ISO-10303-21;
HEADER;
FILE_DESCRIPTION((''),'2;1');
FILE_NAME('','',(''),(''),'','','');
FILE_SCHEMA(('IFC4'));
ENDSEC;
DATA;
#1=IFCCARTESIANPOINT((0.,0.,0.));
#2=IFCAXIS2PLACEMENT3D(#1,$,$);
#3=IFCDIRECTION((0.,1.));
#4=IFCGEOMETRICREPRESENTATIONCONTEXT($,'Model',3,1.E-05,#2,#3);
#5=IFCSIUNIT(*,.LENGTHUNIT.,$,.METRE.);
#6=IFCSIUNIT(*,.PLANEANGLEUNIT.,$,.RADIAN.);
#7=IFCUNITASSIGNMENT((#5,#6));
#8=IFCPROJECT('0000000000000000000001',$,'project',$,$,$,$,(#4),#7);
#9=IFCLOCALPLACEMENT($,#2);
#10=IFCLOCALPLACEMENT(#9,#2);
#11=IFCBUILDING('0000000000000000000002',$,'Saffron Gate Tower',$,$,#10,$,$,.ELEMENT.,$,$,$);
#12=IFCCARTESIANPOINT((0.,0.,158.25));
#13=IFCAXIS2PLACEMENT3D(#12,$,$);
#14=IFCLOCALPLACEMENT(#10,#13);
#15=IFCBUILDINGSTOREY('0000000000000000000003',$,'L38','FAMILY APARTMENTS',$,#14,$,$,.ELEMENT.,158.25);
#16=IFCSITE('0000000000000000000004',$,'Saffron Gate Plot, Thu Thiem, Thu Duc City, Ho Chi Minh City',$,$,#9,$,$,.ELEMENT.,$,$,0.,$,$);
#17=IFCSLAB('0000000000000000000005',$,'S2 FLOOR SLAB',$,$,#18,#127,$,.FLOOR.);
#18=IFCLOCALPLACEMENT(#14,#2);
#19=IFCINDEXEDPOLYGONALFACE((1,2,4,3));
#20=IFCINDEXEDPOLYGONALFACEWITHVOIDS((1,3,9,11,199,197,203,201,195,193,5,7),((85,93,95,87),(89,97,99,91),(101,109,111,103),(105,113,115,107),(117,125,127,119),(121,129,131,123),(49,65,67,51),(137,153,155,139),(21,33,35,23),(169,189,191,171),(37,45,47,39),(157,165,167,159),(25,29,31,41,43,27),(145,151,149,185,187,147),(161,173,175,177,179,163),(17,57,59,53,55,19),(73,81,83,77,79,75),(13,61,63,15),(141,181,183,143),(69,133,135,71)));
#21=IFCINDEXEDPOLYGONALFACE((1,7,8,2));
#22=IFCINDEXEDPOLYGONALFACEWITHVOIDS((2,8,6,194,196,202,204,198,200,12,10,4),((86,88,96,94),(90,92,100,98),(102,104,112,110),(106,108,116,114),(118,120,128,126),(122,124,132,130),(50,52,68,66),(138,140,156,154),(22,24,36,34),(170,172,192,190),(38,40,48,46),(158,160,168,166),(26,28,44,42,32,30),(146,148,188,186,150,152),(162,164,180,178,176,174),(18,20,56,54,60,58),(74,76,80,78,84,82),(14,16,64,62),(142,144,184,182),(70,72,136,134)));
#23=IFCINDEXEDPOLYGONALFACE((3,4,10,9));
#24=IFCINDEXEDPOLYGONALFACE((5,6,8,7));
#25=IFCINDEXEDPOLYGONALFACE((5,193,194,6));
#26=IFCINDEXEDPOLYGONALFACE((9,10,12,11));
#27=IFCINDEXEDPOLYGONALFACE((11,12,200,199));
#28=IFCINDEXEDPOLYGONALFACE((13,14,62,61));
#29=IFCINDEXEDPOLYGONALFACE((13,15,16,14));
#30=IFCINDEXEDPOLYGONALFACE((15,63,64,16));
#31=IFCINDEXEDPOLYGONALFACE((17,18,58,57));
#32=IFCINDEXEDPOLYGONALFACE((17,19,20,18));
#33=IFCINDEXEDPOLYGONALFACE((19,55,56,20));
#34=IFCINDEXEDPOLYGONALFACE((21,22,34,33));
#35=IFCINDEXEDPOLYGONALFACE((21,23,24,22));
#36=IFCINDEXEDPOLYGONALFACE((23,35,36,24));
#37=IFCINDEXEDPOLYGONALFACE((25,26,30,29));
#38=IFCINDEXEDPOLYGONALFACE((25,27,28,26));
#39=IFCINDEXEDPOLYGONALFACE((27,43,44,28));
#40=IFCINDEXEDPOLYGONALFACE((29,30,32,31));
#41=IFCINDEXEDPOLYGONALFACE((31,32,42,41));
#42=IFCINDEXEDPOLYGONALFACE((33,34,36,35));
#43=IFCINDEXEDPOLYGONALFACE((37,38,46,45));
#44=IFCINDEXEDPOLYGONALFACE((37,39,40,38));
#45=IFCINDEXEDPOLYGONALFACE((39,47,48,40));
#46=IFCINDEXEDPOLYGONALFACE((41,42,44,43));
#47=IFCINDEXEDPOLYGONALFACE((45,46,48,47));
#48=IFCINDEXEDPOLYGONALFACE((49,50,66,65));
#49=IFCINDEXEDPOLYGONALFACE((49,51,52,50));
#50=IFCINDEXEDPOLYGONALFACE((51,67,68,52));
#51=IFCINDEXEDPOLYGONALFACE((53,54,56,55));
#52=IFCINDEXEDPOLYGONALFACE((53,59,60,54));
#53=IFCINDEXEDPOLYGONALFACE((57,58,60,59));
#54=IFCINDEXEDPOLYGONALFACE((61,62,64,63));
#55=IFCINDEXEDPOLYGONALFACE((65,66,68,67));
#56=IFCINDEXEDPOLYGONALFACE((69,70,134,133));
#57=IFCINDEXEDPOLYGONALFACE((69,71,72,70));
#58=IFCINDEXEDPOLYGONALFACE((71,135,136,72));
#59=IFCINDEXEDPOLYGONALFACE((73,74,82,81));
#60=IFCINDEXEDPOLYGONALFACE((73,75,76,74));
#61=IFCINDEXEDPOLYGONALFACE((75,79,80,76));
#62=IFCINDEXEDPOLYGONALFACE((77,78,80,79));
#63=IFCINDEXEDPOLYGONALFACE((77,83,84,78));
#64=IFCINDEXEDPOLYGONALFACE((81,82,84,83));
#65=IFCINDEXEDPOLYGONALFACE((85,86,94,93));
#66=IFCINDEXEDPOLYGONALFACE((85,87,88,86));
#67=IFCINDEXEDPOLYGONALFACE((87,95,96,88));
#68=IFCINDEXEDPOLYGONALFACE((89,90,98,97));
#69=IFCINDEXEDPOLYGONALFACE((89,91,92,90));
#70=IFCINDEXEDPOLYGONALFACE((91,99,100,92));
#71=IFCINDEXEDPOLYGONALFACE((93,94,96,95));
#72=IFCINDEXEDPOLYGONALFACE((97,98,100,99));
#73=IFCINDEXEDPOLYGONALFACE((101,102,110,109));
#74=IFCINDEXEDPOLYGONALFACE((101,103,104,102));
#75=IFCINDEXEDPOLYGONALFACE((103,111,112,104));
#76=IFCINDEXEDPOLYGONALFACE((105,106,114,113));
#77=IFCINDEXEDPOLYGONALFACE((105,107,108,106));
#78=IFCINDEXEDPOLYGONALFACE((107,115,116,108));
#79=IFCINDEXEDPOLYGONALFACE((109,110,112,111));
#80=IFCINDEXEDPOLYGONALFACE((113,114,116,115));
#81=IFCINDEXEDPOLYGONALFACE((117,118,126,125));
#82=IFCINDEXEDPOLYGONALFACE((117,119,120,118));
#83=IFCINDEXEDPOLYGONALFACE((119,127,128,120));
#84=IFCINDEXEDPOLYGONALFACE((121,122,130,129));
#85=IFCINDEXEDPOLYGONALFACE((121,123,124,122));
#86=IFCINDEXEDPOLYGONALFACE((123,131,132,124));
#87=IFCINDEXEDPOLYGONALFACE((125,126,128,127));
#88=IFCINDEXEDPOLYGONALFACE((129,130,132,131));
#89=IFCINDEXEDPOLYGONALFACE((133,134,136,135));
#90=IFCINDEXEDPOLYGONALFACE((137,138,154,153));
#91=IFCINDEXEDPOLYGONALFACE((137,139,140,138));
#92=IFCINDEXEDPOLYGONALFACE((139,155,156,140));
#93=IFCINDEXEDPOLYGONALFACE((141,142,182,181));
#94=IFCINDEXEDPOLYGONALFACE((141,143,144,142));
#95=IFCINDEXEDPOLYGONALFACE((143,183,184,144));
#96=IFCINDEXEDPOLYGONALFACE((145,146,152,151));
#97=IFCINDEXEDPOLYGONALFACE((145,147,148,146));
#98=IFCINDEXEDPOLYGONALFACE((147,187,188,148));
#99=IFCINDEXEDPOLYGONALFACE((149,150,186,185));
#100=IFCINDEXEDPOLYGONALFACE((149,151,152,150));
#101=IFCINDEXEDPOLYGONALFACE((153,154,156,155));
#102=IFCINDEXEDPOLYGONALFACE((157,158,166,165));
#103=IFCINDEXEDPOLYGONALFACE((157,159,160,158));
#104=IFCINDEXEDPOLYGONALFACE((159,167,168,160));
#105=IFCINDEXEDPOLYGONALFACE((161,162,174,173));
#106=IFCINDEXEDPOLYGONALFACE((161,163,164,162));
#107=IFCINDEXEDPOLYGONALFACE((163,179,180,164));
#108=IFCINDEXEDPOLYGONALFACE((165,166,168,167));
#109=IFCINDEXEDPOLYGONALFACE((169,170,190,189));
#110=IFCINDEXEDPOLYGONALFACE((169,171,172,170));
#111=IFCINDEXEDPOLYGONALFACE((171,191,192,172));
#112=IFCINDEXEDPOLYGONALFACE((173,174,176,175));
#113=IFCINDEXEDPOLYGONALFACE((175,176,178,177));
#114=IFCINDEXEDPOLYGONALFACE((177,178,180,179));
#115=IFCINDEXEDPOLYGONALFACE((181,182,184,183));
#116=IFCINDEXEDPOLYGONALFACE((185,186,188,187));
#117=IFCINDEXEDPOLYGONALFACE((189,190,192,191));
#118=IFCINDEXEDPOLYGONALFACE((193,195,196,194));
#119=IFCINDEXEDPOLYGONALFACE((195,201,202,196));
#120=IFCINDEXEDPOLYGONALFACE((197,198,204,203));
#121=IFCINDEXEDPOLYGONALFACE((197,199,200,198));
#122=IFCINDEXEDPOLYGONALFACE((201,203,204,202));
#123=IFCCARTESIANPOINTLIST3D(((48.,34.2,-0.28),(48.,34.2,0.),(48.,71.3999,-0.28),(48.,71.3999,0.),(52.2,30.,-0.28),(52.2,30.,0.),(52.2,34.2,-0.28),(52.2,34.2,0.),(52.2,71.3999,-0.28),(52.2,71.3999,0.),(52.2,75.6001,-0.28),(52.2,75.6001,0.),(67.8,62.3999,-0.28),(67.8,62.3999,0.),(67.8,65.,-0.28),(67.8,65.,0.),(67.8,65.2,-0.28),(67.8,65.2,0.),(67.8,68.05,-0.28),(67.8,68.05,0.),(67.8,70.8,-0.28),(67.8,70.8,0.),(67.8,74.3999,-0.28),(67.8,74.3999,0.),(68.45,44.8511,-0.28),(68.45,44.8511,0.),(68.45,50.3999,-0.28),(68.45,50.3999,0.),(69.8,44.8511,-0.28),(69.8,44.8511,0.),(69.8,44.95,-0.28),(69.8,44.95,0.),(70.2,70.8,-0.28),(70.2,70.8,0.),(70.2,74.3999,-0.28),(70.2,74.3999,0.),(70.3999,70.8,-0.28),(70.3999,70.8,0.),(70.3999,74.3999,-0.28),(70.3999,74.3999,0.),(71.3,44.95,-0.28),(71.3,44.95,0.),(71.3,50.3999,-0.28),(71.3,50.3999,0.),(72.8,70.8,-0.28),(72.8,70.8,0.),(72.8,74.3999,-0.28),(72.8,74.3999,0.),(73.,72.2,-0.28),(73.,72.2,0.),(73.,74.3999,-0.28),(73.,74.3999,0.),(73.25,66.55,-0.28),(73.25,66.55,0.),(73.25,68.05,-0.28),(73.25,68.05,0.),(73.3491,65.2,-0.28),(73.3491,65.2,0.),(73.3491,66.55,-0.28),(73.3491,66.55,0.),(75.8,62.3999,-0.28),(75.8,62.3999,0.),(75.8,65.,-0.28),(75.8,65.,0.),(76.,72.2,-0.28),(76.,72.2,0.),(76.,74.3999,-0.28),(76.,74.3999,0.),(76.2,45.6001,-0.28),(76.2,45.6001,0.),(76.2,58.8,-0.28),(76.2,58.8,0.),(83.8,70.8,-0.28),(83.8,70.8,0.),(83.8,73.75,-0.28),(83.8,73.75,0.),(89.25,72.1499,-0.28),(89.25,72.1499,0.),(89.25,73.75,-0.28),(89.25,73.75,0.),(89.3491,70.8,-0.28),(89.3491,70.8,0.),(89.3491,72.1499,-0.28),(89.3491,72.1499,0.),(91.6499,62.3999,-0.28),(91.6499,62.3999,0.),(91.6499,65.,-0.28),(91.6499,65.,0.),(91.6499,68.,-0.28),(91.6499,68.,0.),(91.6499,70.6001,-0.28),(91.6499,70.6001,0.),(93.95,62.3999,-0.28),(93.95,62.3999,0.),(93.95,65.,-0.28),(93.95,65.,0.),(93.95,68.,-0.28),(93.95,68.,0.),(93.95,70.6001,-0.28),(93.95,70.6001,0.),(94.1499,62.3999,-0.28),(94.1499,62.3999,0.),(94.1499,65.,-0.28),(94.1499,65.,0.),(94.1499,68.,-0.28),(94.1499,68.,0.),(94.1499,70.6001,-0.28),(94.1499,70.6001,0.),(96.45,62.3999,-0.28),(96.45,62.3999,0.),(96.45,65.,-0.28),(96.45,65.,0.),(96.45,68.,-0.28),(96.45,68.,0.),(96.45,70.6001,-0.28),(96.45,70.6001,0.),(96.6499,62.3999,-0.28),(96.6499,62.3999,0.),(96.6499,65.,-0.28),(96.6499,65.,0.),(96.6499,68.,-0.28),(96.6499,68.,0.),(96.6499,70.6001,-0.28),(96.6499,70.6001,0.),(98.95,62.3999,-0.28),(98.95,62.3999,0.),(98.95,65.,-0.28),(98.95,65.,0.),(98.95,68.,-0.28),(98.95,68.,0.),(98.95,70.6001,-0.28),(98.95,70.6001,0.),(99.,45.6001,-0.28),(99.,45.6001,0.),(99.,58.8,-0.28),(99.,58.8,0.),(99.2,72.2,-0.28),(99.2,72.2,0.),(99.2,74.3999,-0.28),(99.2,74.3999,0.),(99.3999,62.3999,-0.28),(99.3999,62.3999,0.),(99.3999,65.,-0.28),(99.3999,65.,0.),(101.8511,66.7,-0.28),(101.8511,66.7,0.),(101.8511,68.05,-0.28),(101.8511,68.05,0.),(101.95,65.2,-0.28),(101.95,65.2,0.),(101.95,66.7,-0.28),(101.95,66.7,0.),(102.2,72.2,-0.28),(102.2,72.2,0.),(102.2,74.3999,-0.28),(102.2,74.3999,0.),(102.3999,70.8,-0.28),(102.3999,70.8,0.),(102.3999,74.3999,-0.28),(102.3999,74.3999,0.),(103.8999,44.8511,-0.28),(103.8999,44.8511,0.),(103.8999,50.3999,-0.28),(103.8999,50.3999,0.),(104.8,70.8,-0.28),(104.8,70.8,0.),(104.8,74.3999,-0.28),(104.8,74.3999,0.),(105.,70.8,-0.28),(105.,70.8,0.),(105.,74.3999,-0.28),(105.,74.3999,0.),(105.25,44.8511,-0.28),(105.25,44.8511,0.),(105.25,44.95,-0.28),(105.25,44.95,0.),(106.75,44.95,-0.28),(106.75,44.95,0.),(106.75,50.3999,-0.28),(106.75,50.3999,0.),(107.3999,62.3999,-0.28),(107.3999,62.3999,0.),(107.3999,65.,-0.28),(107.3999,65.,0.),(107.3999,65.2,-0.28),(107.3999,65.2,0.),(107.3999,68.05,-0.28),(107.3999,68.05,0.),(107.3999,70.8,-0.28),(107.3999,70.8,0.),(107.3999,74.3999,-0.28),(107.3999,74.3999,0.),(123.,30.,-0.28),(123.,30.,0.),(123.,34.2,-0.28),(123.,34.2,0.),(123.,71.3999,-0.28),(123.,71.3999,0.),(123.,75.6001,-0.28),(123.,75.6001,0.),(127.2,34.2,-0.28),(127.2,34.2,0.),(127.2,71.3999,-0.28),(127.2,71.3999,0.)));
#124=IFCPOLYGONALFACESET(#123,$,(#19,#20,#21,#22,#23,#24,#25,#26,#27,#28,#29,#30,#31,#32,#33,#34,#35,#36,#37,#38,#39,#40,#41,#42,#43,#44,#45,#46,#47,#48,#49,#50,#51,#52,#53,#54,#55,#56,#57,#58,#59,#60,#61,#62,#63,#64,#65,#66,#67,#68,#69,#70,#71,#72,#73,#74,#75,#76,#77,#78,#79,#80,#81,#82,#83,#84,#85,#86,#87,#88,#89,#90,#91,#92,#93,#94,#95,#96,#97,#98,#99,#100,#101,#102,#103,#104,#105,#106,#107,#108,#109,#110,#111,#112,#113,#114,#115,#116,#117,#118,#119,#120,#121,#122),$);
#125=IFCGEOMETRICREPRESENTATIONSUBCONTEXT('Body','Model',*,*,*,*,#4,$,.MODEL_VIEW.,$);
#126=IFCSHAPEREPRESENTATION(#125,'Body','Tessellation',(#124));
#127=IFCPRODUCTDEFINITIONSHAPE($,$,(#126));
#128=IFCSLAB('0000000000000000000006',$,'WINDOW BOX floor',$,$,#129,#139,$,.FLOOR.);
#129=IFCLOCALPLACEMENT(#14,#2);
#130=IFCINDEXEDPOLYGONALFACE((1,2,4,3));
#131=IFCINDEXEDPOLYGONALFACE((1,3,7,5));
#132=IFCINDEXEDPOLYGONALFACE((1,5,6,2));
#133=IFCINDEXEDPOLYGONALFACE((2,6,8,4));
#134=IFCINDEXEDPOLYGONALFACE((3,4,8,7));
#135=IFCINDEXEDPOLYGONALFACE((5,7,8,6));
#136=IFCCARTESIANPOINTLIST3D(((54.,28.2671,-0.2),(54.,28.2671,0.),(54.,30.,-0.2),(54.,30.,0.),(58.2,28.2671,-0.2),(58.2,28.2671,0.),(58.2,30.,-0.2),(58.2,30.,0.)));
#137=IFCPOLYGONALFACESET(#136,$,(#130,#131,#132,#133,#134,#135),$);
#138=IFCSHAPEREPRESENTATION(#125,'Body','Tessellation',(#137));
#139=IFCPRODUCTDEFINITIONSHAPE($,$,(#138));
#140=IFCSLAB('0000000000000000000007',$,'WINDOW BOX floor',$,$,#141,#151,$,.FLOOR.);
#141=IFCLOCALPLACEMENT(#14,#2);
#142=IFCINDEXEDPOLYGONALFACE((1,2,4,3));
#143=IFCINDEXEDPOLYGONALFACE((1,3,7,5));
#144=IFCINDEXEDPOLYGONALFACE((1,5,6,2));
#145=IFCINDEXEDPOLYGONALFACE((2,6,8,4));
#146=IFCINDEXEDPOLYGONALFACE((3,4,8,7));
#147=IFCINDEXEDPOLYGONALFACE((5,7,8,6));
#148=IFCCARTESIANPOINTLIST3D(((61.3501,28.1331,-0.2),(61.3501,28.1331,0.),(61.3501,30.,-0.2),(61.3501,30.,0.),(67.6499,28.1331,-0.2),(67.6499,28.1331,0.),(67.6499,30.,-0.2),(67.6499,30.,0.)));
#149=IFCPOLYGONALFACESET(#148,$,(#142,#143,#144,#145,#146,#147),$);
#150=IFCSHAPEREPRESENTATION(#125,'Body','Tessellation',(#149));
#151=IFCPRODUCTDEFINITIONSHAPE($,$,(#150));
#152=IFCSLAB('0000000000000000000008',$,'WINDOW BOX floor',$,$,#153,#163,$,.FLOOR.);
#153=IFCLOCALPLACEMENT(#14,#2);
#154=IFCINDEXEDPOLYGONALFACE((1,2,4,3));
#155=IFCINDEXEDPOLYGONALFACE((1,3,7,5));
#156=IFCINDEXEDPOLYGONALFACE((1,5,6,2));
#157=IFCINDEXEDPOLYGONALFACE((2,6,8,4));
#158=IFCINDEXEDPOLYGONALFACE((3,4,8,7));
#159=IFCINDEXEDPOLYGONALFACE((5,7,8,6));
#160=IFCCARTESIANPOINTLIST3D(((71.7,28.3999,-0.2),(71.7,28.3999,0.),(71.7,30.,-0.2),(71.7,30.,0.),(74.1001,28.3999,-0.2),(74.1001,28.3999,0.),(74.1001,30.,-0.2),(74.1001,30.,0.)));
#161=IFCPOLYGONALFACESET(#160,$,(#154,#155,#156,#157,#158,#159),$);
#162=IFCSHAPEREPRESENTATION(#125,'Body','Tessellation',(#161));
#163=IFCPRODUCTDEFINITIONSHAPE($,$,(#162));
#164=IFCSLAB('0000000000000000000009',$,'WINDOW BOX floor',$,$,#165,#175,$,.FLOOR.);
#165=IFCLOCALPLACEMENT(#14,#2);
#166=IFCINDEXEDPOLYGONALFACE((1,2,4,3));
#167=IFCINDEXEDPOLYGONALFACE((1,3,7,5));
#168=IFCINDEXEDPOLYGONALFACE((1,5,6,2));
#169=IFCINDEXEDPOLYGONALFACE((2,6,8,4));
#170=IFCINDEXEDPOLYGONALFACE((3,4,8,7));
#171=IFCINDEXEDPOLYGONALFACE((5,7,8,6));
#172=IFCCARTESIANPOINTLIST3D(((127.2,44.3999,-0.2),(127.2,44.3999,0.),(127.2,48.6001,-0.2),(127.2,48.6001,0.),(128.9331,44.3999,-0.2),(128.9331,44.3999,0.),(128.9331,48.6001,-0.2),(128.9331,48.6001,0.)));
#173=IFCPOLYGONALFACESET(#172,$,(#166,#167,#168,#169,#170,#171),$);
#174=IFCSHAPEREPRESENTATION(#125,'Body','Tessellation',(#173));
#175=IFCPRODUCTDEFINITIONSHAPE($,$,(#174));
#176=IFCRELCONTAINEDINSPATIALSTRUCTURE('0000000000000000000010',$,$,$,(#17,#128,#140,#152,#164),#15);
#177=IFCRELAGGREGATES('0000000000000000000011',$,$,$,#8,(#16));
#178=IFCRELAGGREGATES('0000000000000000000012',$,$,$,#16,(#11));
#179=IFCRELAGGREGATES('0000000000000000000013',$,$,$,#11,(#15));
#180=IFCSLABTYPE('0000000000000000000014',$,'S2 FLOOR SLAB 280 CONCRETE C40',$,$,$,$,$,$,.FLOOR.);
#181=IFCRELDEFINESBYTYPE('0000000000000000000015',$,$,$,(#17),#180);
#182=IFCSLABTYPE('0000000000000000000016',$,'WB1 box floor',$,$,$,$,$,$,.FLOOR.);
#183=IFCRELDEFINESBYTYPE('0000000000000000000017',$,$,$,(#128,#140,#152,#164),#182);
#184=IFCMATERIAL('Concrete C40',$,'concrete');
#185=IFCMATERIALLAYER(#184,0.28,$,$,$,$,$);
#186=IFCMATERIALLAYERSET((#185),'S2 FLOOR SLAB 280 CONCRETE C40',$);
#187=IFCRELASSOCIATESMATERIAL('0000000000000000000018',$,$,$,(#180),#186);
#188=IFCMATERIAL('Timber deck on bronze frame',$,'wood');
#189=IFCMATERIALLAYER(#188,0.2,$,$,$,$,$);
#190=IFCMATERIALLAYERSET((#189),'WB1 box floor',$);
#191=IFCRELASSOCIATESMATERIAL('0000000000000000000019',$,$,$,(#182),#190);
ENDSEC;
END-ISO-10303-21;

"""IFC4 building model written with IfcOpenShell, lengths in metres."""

from ifc_helpers import new_model, si_unit, direction, frame, origin, place, context, subcontext, project, spatial, polyline, outline, extrude, material, layer, layer_set, type_object, element, save


model = new_model("IFC4")

# Units and contexts
model_context = context("Model", 3, precision=1e-05, world=origin(), true_north=direction((0.0, 1.0)))
body_context = subcontext(model_context, "Body", "Model", "MODEL_VIEW")
ifc_project = project(units=[si_unit("LENGTHUNIT", "METRE"), si_unit("PLANEANGLEUNIT", "RADIAN")], contexts=[model_context])

# Site, building, storey
site_placement = place(None, origin())
site = spatial("IfcSite", under=ifc_project, at=site_placement, Name="Saffron Gate Plot, Thu Thiem, Thu Duc City, Ho Chi Minh City", CompositionType="ELEMENT", RefElevation=0.0)
building_placement = place(site_placement, origin())
building = spatial("IfcBuilding", under=site, at=building_placement, Name="Saffron Gate Tower", CompositionType="ELEMENT")
storey_placement = place(building_placement, frame((0.0, 0.0, 158.25)))
storey = spatial("IfcBuildingStorey", under=building, at=storey_placement, Name="L38", Description="FAMILY APARTMENTS", CompositionType="ELEMENT", Elevation=158.25)

# Slabs
ifc_material_1 = material(Name="Concrete C40", Category="concrete")
ifc_layer_1 = layer(ifc_material_1, 0.28)
ifc_layer_set_1 = layer_set([ifc_layer_1], Name="S2 FLOOR SLAB 280 CONCRETE C40")
slab_type_1 = type_object("IfcSlabType", Name="S2 FLOOR SLAB 280 CONCRETE C40", PredefinedType="FLOOR", material=ifc_layer_set_1)
slab_1_placement = place(storey_placement, frame((0.0, 0.0, -0.28)))
element("IfcSlab", 1, at=slab_1_placement, inside=storey, type_object=slab_type_1, Name="S2 FLOOR SLAB", PredefinedType="FLOOR", context=body_context, shape_type="SweptSolid", body=[
    extrude(outline(polyline([(48.0, 34.2), (52.2, 34.2), (52.2, 30.0), (123.0, 30.0), (123.0, 34.2), (127.2, 34.2), (127.2, 71.3999), (123.0, 71.3999), (123.0, 75.6001), (52.2, 75.6001), (52.2, 71.3999), (48.0, 71.3999), (48.0, 34.2)]), holes=[polyline([(67.8, 62.3999), (67.8, 65.0), (75.8, 65.0), (75.8, 62.3999), (67.8, 62.3999)]), polyline([(67.8, 65.2), (67.8, 68.05), (73.25, 68.05), (73.25, 66.55), (73.3491, 66.55), (73.3491, 65.2), (67.8, 65.2)]), polyline([(67.8, 70.8), (67.8, 74.3999), (70.2, 74.3999), (70.2, 70.8), (67.8, 70.8)]), polyline([(68.45, 44.8511), (68.45, 50.3999), (71.3, 50.3999), (71.3, 44.95), (69.8, 44.95), (69.8, 44.8511), (68.45, 44.8511)]), polyline([(70.3999, 70.8), (70.3999, 74.3999), (72.8, 74.3999), (72.8, 70.8), (70.3999, 70.8)]), polyline([(73.0, 72.2), (73.0, 74.3999), (76.0, 74.3999), (76.0, 72.2), (73.0, 72.2)]), polyline([(76.2, 45.6001), (76.2, 58.8), (99.0, 58.8), (99.0, 45.6001), (76.2, 45.6001)]), polyline([(83.8, 70.8), (83.8, 73.75), (89.25, 73.75), (89.25, 72.1499), (89.3491, 72.1499), (89.3491, 70.8), (83.8, 70.8)]), polyline([(91.6499, 62.3999), (91.6499, 65.0), (93.95, 65.0), (93.95, 62.3999), (91.6499, 62.3999)]), polyline([(91.6499, 68.0), (91.6499, 70.6001), (93.95, 70.6001), (93.95, 68.0), (91.6499, 68.0)]), polyline([(94.1499, 62.3999), (94.1499, 65.0), (96.45, 65.0), (96.45, 62.3999), (94.1499, 62.3999)]), polyline([(94.1499, 68.0), (94.1499, 70.6001), (96.45, 70.6001), (96.45, 68.0), (94.1499, 68.0)]), polyline([(96.6499, 62.3999), (96.6499, 65.0), (98.95, 65.0), (98.95, 62.3999), (96.6499, 62.3999)]), polyline([(96.6499, 68.0), (96.6499, 70.6001), (98.95, 70.6001), (98.95, 68.0), (96.6499, 68.0)]), polyline([(99.2, 72.2), (99.2, 74.3999), (102.2, 74.3999), (102.2, 72.2), (99.2, 72.2)]), polyline([(99.3999, 62.3999), (99.3999, 65.0), (107.3999, 65.0), (107.3999, 62.3999), (99.3999, 62.3999)]), polyline([(101.8511, 66.7), (101.8511, 68.05), (107.3999, 68.05), (107.3999, 65.2), (101.95, 65.2), (101.95, 66.7), (101.8511, 66.7)]), polyline([(102.3999, 70.8), (102.3999, 74.3999), (104.8, 74.3999), (104.8, 70.8), (102.3999, 70.8)]), polyline([(103.8999, 44.8511), (103.8999, 50.3999), (106.75, 50.3999), (106.75, 44.95), (105.25, 44.95), (105.25, 44.8511), (103.8999, 44.8511)]), polyline([(105.0, 70.8), (105.0, 74.3999), (107.3999, 74.3999), (107.3999, 70.8), (105.0, 70.8)])]), origin(), (0.0, 0.0, 1.0), 0.28),
])
ifc_material_2 = material(Name="Timber deck on bronze frame", Category="wood")
ifc_layer_2 = layer(ifc_material_2, 0.2)
ifc_layer_set_2 = layer_set([ifc_layer_2], Name="WB1 box floor")
slab_type_2 = type_object("IfcSlabType", Name="WB1 box floor", PredefinedType="FLOOR", material=ifc_layer_set_2)
slab_2_placement = place(storey_placement, frame((0.0, 0.0, -0.2)))
element("IfcSlab", 2, at=slab_2_placement, inside=storey, type_object=slab_type_2, Name="WINDOW BOX floor", PredefinedType="FLOOR", context=body_context, shape_type="SweptSolid", body=[
    extrude(outline(polyline([(54.0, 30.0), (58.2, 30.0), (58.2, 28.2671), (54.0, 28.2671), (54.0, 30.0)])), origin(), (0.0, 0.0, 1.0), 0.2),
])
slab_3_placement = place(storey_placement, frame((0.0, 0.0, -0.2)))
element("IfcSlab", 3, at=slab_3_placement, inside=storey, type_object=slab_type_2, Name="WINDOW BOX floor", PredefinedType="FLOOR", context=body_context, shape_type="SweptSolid", body=[
    extrude(outline(polyline([(61.3501, 30.0), (67.6499, 30.0), (67.6499, 28.1331), (61.3501, 28.1331), (61.3501, 30.0)])), origin(), (0.0, 0.0, 1.0), 0.2),
])
slab_4_placement = place(storey_placement, frame((0.0, 0.0, -0.2)))
element("IfcSlab", 4, at=slab_4_placement, inside=storey, type_object=slab_type_2, Name="WINDOW BOX floor", PredefinedType="FLOOR", context=body_context, shape_type="SweptSolid", body=[
    extrude(outline(polyline([(71.7, 30.0), (74.1001, 30.0), (74.1001, 28.3999), (71.7, 28.3999), (71.7, 30.0)])), origin(), (0.0, 0.0, 1.0), 0.2),
])
slab_5_placement = place(storey_placement, frame((0.0, 0.0, -0.2)))
element("IfcSlab", 5, at=slab_5_placement, inside=storey, type_object=slab_type_2, Name="WINDOW BOX floor", PredefinedType="FLOOR", context=body_context, shape_type="SweptSolid", body=[
    extrude(outline(polyline([(127.2, 44.3999), (127.2, 48.6001), (128.9331, 48.6001), (128.9331, 44.3999), (127.2, 44.3999)])), origin(), (0.0, 0.0, 1.0), 0.2),
])

save(model, "model.ifc")
